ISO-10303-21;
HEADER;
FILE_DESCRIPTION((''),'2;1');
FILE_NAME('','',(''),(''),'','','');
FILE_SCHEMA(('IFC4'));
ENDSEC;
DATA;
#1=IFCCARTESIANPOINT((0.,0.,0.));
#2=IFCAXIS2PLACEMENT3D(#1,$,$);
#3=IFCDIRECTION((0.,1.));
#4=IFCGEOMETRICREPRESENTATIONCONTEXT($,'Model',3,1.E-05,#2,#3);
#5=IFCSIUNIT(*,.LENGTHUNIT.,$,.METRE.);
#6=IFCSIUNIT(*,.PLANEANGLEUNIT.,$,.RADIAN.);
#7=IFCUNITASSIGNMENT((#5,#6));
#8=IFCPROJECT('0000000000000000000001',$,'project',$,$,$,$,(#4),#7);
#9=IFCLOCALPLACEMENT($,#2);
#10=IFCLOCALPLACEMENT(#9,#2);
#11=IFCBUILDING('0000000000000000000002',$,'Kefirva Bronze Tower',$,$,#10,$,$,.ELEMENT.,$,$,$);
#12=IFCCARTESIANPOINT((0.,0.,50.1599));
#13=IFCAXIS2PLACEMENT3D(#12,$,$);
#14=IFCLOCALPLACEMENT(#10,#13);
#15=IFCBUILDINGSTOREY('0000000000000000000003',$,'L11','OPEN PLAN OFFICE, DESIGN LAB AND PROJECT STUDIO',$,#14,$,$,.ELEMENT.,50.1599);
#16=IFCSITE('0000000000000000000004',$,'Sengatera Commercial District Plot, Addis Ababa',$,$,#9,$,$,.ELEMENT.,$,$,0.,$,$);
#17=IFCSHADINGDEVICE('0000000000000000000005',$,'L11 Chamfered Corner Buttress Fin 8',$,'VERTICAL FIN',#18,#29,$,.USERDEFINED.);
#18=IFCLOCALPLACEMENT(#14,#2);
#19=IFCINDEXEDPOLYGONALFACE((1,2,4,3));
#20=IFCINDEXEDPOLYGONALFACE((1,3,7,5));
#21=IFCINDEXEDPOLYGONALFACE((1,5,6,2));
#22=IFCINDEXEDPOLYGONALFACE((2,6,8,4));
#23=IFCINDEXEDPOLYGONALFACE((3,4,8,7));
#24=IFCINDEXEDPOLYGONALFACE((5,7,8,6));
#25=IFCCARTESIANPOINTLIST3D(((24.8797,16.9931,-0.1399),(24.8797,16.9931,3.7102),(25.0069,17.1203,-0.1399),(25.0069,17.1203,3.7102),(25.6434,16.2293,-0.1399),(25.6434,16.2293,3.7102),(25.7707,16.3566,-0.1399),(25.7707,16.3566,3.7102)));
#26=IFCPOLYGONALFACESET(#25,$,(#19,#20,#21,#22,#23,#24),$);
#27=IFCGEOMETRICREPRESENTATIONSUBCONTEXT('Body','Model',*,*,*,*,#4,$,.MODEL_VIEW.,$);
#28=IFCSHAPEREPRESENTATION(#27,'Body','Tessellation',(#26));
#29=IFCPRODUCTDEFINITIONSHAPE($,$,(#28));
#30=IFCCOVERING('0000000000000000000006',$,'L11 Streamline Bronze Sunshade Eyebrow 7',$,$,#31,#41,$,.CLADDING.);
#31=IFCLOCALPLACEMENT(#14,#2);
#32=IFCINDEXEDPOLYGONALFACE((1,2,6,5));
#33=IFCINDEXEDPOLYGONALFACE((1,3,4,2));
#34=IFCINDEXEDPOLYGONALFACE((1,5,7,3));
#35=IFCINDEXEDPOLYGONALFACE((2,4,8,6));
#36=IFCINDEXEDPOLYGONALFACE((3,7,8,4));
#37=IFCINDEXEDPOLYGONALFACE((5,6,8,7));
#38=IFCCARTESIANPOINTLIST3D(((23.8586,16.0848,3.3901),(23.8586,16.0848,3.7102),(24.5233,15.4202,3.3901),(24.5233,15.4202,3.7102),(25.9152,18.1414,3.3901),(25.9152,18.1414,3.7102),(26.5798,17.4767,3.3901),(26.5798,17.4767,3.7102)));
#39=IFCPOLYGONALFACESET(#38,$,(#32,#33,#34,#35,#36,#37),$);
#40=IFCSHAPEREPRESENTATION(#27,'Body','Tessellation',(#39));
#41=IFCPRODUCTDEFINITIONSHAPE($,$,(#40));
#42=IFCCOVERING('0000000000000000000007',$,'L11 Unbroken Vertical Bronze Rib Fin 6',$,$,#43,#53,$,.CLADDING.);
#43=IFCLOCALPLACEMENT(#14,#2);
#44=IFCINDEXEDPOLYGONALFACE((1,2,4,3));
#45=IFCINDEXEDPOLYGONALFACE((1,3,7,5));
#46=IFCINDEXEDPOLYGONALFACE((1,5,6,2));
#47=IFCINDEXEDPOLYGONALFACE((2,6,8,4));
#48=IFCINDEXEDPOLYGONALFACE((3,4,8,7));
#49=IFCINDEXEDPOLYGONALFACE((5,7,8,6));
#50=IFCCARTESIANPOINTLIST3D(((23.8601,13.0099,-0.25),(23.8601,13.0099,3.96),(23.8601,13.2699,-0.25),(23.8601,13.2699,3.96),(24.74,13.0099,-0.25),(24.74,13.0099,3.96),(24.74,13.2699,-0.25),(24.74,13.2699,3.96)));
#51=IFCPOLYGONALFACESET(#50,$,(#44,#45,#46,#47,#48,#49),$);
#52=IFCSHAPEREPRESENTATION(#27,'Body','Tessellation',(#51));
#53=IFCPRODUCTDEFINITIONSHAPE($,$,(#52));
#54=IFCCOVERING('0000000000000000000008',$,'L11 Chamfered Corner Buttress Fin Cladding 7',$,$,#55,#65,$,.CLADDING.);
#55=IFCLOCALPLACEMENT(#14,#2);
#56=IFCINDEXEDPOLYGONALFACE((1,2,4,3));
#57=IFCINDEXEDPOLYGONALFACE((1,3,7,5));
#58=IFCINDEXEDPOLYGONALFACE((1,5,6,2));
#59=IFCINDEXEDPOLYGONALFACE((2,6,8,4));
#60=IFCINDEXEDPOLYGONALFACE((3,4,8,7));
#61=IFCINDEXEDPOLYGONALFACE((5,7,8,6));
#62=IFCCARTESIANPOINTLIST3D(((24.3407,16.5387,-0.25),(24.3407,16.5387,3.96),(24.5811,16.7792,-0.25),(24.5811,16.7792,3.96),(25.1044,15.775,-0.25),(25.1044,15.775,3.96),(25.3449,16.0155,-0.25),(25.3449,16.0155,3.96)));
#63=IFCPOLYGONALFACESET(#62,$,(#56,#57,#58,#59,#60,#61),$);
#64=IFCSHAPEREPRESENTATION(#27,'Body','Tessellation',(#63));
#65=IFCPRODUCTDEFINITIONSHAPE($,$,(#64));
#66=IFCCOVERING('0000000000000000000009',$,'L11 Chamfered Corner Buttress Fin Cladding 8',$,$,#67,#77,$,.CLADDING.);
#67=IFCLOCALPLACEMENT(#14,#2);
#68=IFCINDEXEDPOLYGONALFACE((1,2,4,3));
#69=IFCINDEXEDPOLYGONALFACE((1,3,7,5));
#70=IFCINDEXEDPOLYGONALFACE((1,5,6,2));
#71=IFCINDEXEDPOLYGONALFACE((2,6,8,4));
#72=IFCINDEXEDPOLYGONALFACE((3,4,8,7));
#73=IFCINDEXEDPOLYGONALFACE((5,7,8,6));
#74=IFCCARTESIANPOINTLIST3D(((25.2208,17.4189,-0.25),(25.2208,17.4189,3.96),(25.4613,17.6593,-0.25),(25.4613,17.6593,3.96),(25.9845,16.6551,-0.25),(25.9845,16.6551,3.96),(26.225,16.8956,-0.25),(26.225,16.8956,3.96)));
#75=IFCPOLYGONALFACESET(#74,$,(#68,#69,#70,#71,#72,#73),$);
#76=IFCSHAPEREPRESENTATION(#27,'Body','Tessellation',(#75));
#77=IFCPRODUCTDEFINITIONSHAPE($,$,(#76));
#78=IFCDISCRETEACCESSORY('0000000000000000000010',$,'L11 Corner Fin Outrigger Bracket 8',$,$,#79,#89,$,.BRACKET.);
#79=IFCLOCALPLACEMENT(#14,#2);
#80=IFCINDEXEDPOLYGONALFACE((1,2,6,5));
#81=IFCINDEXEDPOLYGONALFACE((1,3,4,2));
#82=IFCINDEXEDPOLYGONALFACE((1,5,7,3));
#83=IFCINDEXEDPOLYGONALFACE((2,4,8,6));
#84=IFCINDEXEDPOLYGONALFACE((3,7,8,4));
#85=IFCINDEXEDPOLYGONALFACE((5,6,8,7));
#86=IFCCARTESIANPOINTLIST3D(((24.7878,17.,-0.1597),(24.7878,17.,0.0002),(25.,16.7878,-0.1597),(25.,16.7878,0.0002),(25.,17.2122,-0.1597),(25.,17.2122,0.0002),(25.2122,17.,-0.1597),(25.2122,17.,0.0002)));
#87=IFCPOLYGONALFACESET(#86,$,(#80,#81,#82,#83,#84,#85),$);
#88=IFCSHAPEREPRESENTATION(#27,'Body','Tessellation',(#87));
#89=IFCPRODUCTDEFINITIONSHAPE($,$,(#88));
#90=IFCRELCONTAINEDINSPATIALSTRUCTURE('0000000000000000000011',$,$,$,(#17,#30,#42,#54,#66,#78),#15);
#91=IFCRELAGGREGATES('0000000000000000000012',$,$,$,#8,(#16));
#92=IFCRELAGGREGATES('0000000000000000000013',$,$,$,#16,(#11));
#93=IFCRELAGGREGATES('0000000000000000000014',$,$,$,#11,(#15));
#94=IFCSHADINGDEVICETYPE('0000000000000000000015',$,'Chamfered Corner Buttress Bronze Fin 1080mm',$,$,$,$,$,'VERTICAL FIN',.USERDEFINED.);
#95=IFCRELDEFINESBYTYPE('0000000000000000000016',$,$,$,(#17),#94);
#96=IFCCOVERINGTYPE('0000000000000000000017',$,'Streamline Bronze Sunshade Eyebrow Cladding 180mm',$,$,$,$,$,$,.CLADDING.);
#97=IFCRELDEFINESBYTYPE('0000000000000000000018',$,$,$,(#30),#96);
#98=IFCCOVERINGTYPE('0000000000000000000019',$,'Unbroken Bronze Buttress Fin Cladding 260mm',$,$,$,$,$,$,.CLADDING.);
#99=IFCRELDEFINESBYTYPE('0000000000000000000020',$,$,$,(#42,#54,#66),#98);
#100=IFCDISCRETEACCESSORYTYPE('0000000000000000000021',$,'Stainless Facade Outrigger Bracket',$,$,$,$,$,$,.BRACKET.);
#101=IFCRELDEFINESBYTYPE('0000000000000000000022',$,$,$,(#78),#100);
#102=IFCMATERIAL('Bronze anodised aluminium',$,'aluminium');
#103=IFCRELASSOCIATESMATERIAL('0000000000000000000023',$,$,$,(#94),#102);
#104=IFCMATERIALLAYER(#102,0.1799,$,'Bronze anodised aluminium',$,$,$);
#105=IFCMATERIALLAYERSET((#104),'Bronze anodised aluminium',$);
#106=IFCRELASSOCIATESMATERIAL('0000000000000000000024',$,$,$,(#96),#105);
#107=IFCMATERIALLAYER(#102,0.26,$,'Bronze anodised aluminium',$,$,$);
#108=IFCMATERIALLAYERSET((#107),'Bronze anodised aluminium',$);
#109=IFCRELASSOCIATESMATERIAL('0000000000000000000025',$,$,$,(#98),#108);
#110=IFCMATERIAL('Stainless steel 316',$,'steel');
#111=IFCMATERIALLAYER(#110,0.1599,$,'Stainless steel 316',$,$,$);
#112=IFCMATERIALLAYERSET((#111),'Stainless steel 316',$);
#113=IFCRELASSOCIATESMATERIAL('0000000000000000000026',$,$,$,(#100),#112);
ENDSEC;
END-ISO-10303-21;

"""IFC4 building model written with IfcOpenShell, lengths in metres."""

from ifc_helpers import new_model, si_unit, direction, frame, origin, origin_2d, place, context, subcontext, project, spatial, rectangle, extrude, material, layer, layer_set, material_profile, profile_set, type_object, element, save


model = new_model("IFC4")

# Units and contexts
model_context = context("Model", 3, precision=1e-05, world=origin(), true_north=direction((0.0, 1.0)))
body_context = subcontext(model_context, "Body", "Model", "MODEL_VIEW")
ifc_project = project(units=[si_unit("LENGTHUNIT", "METRE"), si_unit("PLANEANGLEUNIT", "RADIAN")], contexts=[model_context])

# Site, building, storey
site_placement = place(None, origin())
site = spatial("IfcSite", under=ifc_project, at=site_placement, Name="Sengatera Commercial District Plot, Addis Ababa", CompositionType="ELEMENT", RefElevation=0.0)
building_placement = place(site_placement, origin())
building = spatial("IfcBuilding", under=site, at=building_placement, Name="Kefirva Bronze Tower", CompositionType="ELEMENT")
storey_placement = place(building_placement, frame((0.0, 0.0, 50.1599)))
storey = spatial("IfcBuildingStorey", under=building, at=storey_placement, Name="L11", Description="OPEN PLAN OFFICE, DESIGN LAB AND PROJECT STUDIO", CompositionType="ELEMENT", Elevation=50.1599)

# Shared definitions
ifc_material_1 = material(Name="Bronze anodised aluminium", Category="aluminium")

# Shading device
ifc_material_profile_1 = material_profile(ifc_material_1, rectangle(XDim=0.1799, YDim=1.0801, at=origin_2d()), Name="BRONZE BUTTRESS FIN 180x1080")
ifc_profile_set_1 = profile_set([ifc_material_profile_1], Name="Bronze anodised aluminium")
shading_device_type = type_object("IfcShadingDeviceType", Name="Chamfered Corner Buttress Bronze Fin 1080mm", ElementType="VERTICAL FIN", PredefinedType="USERDEFINED", material=ifc_profile_set_1)
shading_device_placement = place(storey_placement, frame((25.3252, 16.6748, -0.1399), z_axis=(0.0, 0.0, 1.0), x_axis=(0.707107, 0.707107, 0.0)))
element("IfcShadingDevice", 1, at=shading_device_placement, inside=storey, type_object=shading_device_type, Name="L11 Chamfered Corner Buttress Fin 8", ObjectType="VERTICAL FIN", PredefinedType="USERDEFINED", context=body_context, shape_type="SweptSolid", body=[
    extrude(rectangle(XDim=0.1799, YDim=1.0801, at=origin_2d()), origin(), (0.0, 0.0, 1.0), 3.8501),
])

# Coverings
ifc_layer_1 = layer(ifc_material_1, 0.1799, Name="Bronze anodised aluminium")
ifc_layer_set_1 = layer_set([ifc_layer_1], Name="Bronze anodised aluminium")
covering_type_1 = type_object("IfcCoveringType", Name="Streamline Bronze Sunshade Eyebrow Cladding 180mm", PredefinedType="CLADDING", material=ifc_layer_set_1)
covering_1_placement = place(storey_placement, frame((25.2192, 16.7808, 3.3901), z_axis=(0.0, 0.0, 1.0), x_axis=(0.707107, 0.707107, 0.0)))
element("IfcCovering", 2, at=covering_1_placement, inside=storey, type_object=covering_type_1, Name="L11 Streamline Bronze Sunshade Eyebrow 7", PredefinedType="CLADDING", context=body_context, shape_type="SweptSolid", body=[
    extrude(rectangle(XDim=2.9084, YDim=0.9399, at=origin_2d()), origin(), (0.0, 0.0, 1.0), 0.3201),
])
ifc_layer_2 = layer(ifc_material_1, 0.26, Name="Bronze anodised aluminium")
ifc_layer_set_2 = layer_set([ifc_layer_2], Name="Bronze anodised aluminium")
covering_type_2 = type_object("IfcCoveringType", Name="Unbroken Bronze Buttress Fin Cladding 260mm", PredefinedType="CLADDING", material=ifc_layer_set_2)
covering_2_placement = place(storey_placement, frame((24.3, 13.1399, -0.25), z_axis=(0.0, 0.0, 1.0), x_axis=(0.0, 1.0, 0.0)))
element("IfcCovering", 3, at=covering_2_placement, inside=storey, type_object=covering_type_2, Name="L11 Unbroken Vertical Bronze Rib Fin 6", PredefinedType="CLADDING", context=body_context, shape_type="SweptSolid", body=[
    extrude(rectangle(XDim=0.26, YDim=0.8799, at=origin_2d()), origin(), (0.0, 0.0, 1.0), 4.21),
])
for number, where, z_axis, x_axis, name in (
    (4, (24.8428, 16.2771, -0.25), (0.0, 0.0, 1.0), (0.707107, 0.707107, 0.0), "L11 Chamfered Corner Buttress Fin Cladding 7"),
    (5, (25.7229, 17.1572, -0.25), (0.0, 0.0, 1.0), (0.707107, 0.707107, 0.0), "L11 Chamfered Corner Buttress Fin Cladding 8"),
):
    element("IfcCovering", number, at=place(storey_placement, frame(where, z_axis=z_axis, x_axis=x_axis)), inside=storey, type_object=covering_type_2, Name=name, PredefinedType="CLADDING", context=body_context, shape_type="SweptSolid", body=[
        extrude(rectangle(XDim=0.3401, YDim=1.0801, at=origin_2d()), origin(), (0.0, 0.0, 1.0), 4.21),
    ])

# Discrete accessory
ifc_material_2 = material(Name="Stainless steel 316", Category="steel")
ifc_layer_3 = layer(ifc_material_2, 0.1599, Name="Stainless steel 316")
ifc_layer_set_3 = layer_set([ifc_layer_3], Name="Stainless steel 316")
discrete_accessory_type = type_object("IfcDiscreteAccessoryType", Name="Stainless Facade Outrigger Bracket", PredefinedType="BRACKET", material=ifc_layer_set_3)
discrete_accessory_placement = place(storey_placement, frame((25.0, 17.0, -0.1597), z_axis=(0.0, 0.0, 1.0), x_axis=(0.707107, 0.707107, 0.0)))
element("IfcDiscreteAccessory", 6, at=discrete_accessory_placement, inside=storey, type_object=discrete_accessory_type, Name="L11 Corner Fin Outrigger Bracket 8", PredefinedType="BRACKET", context=body_context, shape_type="SweptSolid", body=[
    extrude(rectangle(XDim=0.3, YDim=0.3, at=origin_2d()), origin(), (0.0, 0.0, 1.0), 0.1599),
])

save(model, "model.ifc")
